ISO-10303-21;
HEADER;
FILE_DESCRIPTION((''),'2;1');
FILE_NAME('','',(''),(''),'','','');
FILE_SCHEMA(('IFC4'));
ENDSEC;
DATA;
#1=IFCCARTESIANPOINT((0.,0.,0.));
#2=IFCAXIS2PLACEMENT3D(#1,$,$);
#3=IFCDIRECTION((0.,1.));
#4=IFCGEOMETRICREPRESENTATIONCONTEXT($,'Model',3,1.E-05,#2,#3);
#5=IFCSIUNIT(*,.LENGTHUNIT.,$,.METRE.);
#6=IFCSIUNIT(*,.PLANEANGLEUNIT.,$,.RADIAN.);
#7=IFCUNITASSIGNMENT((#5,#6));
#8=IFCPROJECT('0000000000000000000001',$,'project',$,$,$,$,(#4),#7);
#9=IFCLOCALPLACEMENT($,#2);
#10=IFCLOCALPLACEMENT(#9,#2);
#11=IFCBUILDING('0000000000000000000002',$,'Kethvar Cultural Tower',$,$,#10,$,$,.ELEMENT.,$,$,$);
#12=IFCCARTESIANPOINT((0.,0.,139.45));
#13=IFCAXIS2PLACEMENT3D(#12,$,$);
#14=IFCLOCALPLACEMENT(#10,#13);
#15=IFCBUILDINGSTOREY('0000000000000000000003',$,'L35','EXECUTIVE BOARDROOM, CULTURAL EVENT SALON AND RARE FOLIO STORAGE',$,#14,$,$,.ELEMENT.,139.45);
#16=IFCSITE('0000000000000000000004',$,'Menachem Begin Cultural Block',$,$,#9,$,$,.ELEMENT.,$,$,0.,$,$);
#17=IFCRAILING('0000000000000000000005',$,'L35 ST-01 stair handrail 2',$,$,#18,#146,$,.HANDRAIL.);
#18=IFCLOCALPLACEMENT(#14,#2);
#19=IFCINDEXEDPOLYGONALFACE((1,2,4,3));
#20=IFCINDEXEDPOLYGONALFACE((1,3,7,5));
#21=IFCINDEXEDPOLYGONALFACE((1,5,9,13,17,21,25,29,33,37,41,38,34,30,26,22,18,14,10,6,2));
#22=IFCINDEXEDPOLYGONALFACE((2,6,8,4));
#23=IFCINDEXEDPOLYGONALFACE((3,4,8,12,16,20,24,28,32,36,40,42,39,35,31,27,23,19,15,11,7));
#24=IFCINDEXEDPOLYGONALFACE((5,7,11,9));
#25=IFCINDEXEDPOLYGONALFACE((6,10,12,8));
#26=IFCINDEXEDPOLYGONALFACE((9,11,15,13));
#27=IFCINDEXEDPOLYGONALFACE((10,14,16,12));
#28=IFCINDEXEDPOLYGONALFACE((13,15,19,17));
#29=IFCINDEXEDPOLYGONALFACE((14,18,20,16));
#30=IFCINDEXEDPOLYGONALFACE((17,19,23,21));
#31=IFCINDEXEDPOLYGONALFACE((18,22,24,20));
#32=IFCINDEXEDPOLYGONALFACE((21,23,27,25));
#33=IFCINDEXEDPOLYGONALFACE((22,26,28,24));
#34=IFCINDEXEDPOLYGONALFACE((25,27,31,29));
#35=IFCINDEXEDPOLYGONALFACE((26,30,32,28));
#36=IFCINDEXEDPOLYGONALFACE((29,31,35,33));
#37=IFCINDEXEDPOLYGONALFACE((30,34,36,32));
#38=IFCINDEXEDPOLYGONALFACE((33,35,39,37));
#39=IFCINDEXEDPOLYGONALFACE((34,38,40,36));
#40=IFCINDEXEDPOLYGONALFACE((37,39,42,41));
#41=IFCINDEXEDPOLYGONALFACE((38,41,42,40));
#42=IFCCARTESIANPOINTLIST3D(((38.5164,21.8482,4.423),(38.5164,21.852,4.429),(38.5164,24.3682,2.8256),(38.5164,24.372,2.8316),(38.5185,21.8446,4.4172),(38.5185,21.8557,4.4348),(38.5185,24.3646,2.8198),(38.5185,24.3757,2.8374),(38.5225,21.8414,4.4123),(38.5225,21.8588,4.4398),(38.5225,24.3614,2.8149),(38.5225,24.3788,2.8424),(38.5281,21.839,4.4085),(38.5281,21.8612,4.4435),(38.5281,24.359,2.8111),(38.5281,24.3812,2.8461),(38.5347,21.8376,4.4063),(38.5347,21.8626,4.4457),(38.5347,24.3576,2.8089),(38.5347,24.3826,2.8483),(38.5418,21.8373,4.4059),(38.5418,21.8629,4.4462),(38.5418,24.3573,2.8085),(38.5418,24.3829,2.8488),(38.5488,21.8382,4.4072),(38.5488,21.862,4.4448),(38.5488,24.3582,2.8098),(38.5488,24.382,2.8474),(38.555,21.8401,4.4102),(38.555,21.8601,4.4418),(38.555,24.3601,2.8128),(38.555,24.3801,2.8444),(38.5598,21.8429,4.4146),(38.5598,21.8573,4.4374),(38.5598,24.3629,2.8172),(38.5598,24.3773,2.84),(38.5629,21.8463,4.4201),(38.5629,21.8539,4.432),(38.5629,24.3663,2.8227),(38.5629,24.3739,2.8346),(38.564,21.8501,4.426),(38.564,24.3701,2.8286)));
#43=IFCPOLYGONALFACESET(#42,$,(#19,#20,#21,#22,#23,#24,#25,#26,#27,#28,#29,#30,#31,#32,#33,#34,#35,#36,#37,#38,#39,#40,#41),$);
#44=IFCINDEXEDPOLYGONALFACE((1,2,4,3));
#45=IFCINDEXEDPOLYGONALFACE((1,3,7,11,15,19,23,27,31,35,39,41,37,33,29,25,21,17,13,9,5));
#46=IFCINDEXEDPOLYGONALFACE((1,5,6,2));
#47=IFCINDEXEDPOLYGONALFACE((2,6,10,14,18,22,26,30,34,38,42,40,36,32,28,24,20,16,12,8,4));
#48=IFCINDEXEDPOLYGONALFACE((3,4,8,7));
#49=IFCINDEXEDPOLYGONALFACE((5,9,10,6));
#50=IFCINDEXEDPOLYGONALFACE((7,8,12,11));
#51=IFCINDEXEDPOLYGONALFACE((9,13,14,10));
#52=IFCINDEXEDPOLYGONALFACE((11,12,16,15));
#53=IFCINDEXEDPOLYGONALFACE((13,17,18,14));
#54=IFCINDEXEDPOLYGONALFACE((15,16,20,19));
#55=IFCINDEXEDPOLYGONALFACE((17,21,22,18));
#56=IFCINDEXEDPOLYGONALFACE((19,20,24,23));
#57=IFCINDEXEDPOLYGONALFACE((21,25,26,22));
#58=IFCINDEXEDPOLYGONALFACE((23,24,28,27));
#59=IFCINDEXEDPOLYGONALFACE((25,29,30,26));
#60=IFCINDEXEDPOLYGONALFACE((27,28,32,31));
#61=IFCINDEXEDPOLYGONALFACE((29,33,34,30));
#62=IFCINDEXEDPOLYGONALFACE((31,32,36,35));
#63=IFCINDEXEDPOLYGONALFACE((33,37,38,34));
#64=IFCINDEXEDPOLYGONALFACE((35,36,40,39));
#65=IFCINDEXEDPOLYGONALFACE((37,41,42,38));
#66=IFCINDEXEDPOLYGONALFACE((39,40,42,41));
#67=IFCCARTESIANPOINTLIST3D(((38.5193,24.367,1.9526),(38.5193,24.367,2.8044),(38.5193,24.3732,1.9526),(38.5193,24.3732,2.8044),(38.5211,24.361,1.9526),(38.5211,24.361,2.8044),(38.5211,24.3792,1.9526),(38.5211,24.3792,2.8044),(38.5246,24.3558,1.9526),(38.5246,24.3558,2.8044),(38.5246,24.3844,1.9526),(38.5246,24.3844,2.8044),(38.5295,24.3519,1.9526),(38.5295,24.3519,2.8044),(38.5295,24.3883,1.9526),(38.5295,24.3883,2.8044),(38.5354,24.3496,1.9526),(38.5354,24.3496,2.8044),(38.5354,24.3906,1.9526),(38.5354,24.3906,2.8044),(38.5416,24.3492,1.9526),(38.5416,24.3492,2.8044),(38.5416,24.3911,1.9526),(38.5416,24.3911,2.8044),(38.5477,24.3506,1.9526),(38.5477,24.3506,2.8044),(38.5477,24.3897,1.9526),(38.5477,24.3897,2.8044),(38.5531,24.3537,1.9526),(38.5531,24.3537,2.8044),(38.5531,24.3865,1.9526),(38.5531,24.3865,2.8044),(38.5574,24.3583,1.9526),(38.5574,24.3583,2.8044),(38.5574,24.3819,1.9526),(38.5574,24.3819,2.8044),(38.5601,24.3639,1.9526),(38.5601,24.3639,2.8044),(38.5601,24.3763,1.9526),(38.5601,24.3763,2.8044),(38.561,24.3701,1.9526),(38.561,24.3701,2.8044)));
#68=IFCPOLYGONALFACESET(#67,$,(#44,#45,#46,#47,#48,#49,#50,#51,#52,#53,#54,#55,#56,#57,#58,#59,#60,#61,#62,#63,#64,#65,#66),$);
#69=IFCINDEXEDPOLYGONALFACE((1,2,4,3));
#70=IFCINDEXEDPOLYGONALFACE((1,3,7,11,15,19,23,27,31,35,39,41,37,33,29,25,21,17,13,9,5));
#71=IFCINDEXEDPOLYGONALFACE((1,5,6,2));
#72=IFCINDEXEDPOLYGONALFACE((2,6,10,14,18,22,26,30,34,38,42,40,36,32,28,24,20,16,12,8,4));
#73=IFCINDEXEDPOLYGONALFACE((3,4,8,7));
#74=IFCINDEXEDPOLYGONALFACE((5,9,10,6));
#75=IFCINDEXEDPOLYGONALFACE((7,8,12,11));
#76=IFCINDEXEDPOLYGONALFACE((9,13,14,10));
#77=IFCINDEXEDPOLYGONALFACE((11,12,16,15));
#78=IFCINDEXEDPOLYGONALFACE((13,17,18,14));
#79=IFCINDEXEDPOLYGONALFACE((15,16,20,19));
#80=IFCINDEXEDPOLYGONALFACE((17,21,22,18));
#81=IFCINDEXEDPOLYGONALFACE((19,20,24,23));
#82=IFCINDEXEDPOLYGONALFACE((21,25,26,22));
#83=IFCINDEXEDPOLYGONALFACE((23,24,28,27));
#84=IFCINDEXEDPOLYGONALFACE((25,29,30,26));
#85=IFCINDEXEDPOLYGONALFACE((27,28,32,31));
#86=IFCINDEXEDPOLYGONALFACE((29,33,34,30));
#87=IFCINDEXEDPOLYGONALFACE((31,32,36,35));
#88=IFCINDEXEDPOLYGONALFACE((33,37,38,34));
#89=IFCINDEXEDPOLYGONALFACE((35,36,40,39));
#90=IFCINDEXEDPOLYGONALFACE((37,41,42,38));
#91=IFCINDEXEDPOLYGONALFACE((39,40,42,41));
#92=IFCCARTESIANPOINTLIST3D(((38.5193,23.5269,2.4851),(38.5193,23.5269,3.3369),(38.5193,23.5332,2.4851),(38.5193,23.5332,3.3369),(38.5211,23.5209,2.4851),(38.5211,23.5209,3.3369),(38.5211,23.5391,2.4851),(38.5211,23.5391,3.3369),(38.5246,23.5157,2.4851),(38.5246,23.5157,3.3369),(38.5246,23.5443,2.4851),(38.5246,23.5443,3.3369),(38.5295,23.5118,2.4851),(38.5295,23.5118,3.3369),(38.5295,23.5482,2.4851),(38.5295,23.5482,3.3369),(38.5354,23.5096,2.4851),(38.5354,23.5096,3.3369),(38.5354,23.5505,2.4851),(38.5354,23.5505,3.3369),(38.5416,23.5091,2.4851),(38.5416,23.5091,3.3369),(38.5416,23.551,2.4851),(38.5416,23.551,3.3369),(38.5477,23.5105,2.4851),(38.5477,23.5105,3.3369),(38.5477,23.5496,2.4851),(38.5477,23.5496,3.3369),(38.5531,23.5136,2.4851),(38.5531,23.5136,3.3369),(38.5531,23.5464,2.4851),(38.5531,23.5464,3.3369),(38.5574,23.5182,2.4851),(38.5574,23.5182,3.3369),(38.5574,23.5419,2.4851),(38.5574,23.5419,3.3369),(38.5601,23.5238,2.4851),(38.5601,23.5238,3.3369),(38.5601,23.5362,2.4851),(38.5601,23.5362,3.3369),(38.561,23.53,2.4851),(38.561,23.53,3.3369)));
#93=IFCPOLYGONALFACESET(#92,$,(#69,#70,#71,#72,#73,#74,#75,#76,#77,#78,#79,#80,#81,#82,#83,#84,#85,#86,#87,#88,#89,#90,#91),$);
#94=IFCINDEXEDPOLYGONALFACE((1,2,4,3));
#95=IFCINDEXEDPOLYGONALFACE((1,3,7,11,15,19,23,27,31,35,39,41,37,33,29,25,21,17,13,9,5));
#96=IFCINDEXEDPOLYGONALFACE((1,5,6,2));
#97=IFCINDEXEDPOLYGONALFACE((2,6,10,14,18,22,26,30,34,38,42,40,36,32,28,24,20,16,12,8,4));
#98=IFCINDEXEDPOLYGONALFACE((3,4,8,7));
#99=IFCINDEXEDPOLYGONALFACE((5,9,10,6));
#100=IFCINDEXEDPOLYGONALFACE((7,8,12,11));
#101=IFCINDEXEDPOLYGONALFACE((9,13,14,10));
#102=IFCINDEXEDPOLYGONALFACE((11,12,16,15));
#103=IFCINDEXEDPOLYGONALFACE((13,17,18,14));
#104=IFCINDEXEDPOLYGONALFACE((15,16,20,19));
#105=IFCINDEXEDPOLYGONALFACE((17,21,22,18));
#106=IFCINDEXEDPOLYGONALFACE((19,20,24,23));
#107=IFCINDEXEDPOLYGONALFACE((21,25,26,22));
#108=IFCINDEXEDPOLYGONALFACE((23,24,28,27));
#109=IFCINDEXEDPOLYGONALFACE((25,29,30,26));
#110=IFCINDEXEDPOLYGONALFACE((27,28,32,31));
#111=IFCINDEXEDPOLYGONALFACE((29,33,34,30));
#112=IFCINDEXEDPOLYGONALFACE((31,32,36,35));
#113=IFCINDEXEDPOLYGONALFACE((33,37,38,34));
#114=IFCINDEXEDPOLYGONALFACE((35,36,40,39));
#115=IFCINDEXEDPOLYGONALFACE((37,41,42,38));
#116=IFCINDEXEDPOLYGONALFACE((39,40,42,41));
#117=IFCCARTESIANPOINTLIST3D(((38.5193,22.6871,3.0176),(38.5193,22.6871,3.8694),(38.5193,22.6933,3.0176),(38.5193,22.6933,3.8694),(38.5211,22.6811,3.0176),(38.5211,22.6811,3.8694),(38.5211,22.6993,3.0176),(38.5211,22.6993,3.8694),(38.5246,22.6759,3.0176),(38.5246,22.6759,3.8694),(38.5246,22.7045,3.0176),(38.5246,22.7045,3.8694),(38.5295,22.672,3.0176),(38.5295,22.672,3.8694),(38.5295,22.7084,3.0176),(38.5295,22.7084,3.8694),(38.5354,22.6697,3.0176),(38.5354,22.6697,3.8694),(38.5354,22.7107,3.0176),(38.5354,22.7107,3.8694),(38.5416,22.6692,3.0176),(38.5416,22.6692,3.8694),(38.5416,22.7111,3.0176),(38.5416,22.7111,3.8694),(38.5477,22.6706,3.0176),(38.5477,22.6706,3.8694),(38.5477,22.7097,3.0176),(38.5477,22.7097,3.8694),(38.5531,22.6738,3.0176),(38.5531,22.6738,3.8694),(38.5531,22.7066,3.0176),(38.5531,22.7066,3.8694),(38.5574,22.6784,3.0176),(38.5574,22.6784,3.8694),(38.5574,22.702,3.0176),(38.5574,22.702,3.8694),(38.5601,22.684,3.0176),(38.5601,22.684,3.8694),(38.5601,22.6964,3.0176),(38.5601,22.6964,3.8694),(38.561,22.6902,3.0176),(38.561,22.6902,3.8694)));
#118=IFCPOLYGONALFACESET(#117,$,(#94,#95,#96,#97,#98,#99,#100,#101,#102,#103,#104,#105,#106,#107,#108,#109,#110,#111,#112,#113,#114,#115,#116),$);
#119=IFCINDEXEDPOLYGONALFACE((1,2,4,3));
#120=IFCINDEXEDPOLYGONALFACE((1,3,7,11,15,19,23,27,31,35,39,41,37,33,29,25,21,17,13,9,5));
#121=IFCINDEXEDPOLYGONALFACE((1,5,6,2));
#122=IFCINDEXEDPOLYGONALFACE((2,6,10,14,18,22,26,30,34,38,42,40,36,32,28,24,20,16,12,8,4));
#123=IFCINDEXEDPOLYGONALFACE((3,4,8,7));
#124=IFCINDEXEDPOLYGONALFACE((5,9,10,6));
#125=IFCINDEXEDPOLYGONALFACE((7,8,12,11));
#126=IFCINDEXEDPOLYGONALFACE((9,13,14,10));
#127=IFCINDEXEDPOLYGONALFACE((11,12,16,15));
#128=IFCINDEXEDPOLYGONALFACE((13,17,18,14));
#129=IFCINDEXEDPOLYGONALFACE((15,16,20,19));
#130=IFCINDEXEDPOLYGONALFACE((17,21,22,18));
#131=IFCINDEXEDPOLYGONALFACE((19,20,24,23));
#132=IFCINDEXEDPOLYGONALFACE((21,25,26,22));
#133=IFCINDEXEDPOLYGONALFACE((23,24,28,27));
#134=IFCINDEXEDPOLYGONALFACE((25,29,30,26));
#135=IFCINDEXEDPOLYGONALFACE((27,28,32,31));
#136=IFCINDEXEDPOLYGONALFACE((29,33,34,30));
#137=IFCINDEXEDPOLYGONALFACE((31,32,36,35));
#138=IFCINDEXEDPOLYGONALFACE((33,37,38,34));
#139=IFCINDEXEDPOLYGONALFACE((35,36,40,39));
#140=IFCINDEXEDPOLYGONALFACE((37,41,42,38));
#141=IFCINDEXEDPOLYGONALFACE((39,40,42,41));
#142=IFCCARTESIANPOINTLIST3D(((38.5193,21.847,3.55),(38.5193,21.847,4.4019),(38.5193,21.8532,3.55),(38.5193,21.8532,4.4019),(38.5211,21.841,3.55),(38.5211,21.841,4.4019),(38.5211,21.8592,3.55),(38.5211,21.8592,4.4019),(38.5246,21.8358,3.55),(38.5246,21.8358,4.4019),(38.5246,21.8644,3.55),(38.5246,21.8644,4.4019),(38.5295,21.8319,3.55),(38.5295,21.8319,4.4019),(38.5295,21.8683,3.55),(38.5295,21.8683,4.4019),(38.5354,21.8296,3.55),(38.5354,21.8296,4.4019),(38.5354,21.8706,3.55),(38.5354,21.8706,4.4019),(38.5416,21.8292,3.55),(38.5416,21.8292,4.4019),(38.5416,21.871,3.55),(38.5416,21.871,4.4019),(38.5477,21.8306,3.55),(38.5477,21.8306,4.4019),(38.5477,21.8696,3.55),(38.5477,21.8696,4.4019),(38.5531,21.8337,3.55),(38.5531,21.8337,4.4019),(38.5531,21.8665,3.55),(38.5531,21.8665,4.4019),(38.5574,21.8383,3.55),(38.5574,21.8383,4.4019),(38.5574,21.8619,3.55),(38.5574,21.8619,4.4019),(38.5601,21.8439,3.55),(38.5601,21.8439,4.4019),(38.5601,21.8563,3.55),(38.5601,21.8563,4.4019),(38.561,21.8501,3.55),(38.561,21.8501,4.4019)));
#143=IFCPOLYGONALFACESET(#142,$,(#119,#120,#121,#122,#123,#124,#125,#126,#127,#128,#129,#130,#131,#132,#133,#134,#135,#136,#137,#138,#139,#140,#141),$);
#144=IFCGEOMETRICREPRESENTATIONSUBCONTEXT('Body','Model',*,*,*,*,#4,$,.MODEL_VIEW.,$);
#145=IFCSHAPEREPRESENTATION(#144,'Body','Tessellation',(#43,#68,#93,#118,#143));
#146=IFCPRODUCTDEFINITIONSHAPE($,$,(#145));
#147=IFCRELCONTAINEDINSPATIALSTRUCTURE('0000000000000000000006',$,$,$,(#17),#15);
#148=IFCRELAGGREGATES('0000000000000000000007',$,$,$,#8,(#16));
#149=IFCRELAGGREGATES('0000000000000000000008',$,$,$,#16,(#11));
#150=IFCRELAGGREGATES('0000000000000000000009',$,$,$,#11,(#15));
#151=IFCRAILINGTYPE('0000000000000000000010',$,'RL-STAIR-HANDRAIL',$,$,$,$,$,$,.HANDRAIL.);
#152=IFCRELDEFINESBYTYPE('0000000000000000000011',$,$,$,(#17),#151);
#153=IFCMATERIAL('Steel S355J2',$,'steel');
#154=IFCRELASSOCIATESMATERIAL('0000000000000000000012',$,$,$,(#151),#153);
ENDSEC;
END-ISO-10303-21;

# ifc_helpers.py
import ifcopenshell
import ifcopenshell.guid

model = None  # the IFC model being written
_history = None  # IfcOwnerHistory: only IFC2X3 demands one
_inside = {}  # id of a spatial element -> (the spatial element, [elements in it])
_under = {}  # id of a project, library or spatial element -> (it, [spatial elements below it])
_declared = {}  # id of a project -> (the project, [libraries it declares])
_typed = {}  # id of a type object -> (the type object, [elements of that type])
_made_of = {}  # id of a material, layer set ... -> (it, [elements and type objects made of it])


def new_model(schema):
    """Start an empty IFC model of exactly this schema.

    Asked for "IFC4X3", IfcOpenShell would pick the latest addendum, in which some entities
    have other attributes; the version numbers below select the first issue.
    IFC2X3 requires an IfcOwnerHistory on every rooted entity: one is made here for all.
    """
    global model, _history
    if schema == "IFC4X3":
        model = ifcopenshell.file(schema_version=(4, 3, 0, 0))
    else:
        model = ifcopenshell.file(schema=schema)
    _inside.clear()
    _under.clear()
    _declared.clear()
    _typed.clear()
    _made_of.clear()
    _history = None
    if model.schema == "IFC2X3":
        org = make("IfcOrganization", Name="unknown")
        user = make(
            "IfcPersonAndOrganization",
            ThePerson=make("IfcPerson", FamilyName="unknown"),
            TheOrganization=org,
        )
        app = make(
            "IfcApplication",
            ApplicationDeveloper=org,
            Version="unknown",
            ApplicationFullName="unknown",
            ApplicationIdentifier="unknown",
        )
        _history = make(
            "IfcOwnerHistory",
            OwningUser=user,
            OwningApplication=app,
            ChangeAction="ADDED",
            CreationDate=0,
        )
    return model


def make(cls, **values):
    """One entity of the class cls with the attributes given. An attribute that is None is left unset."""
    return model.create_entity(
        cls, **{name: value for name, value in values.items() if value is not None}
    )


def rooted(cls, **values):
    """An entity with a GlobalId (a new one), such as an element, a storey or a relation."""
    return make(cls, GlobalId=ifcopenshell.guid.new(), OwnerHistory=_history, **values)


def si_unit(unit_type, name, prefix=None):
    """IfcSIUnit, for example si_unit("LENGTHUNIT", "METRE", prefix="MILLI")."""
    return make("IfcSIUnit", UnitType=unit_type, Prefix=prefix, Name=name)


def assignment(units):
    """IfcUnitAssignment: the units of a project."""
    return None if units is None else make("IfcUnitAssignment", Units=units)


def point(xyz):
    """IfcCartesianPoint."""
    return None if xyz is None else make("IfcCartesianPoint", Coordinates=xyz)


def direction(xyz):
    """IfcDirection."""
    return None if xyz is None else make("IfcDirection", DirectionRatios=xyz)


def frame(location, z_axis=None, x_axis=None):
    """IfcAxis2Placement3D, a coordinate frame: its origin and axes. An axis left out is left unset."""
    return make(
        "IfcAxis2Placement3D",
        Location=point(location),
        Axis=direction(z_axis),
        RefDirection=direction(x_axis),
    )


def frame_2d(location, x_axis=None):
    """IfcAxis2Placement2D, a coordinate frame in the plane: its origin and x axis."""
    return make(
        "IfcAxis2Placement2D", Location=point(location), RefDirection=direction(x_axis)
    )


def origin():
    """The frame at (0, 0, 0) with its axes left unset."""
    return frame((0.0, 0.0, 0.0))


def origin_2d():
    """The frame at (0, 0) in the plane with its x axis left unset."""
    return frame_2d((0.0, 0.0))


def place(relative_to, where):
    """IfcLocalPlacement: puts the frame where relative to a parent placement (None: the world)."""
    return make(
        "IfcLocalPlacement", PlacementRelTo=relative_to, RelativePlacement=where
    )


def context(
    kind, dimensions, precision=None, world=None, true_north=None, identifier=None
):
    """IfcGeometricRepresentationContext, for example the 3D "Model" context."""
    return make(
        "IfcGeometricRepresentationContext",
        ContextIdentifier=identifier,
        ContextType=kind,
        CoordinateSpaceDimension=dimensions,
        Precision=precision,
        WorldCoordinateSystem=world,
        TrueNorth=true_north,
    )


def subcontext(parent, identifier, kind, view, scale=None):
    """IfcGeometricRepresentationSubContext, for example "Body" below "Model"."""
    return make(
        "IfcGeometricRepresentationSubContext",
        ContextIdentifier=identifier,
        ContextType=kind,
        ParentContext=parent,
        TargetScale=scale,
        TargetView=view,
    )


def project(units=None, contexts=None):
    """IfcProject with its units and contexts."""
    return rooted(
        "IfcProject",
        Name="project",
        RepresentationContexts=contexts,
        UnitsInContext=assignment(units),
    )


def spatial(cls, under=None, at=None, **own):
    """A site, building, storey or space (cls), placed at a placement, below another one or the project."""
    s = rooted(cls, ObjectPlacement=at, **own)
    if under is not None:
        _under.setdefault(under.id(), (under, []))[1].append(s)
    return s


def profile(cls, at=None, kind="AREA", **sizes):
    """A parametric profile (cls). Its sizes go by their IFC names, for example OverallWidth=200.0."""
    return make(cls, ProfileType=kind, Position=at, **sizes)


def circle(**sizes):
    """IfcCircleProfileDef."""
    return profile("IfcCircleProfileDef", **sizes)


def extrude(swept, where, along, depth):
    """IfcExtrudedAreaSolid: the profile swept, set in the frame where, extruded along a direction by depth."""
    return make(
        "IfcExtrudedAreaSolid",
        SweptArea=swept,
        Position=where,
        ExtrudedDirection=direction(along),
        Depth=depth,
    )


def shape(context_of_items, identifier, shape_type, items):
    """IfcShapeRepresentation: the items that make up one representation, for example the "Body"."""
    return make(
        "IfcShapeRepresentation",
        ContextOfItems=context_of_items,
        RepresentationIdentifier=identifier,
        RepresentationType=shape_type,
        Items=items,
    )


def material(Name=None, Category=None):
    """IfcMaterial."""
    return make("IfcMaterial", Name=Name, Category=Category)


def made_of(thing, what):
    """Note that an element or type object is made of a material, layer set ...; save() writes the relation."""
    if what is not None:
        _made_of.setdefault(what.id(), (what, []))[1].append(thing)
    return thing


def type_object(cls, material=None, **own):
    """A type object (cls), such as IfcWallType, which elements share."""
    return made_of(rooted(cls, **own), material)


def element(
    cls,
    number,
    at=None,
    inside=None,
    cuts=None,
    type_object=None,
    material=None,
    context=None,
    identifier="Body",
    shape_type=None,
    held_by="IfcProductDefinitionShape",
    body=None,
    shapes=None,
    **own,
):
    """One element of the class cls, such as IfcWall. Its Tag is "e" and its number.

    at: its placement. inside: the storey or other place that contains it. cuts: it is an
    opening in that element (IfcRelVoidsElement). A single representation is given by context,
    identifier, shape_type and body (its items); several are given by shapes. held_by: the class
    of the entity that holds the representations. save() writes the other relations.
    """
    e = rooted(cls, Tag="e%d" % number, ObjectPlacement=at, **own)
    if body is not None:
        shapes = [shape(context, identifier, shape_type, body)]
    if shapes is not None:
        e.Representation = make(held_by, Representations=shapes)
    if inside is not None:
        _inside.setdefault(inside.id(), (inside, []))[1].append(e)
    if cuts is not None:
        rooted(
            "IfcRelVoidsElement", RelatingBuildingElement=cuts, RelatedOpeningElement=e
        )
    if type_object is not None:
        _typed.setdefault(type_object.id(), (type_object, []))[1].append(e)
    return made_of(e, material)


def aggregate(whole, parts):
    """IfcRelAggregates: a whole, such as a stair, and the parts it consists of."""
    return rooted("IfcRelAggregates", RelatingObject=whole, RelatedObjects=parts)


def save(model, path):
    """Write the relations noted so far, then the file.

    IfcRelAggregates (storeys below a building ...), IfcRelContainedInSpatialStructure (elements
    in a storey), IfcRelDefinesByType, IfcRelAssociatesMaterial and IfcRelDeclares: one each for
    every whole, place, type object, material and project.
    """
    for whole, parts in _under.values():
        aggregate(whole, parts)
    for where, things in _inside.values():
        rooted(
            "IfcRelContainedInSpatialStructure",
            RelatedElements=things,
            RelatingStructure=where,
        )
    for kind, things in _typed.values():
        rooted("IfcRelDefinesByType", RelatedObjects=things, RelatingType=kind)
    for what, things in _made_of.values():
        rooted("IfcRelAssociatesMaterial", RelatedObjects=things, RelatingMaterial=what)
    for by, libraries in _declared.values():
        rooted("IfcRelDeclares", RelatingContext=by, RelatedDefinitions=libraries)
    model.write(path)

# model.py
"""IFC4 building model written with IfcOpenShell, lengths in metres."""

from ifc_helpers import new_model, si_unit, direction, frame, origin, origin_2d, place, context, subcontext, project, spatial, circle, extrude, material, type_object, element, save


model = new_model("IFC4")

# Units and contexts
model_context = context("Model", 3, precision=1e-05, world=origin(), true_north=direction((0.0, 1.0)))
body_context = subcontext(model_context, "Body", "Model", "MODEL_VIEW")
ifc_project = project(units=[si_unit("LENGTHUNIT", "METRE"), si_unit("PLANEANGLEUNIT", "RADIAN")], contexts=[model_context])

# Site, building, storey
site_placement = place(None, origin())
site = spatial("IfcSite", under=ifc_project, at=site_placement, Name="Menachem Begin Cultural Block", CompositionType="ELEMENT", RefElevation=0.0)
building_placement = place(site_placement, origin())
building = spatial("IfcBuilding", under=site, at=building_placement, Name="Kethvar Cultural Tower", CompositionType="ELEMENT")
storey_placement = place(building_placement, frame((0.0, 0.0, 139.45)))
storey = spatial("IfcBuildingStorey", under=building, at=storey_placement, Name="L35", Description="EXECUTIVE BOARDROOM, CULTURAL EVENT SALON AND RARE FOLIO STORAGE", CompositionType="ELEMENT", Elevation=139.45)

# Shared definitions
ifc_material_1 = material(Name="Steel S355J2", Category="steel")

# Railing
railing_type_1 = type_object("IfcRailingType", Name="RL-STAIR-HANDRAIL", PredefinedType="HANDRAIL", material=ifc_material_1)
railing_1_placement = place(storey_placement, frame((38.54, 24.3701, 1.9526)))
element("IfcRailing", 1, at=railing_1_placement, inside=storey, type_object=railing_type_1, Name="L35 ST-01 stair handrail 2", PredefinedType="HANDRAIL", context=body_context, shape_type="SweptSolid", body=[
    extrude(circle(Radius=0.0239, at=origin_2d()), frame((0.0, 0.0, 0.876), z_axis=(0.0, -0.844607, 0.535387), x_axis=(1.0, 0.0, 0.0)), (0.0, 0.0, 1.0), 2.9836),
    extrude(circle(Radius=0.021, at=origin_2d()), origin(), (0.0, 0.0, 1.0), 0.8518),
    extrude(circle(Radius=0.021, at=origin_2d()), frame((0.0, -0.8401, 0.5325)), (0.0, 0.0, 1.0), 0.8518),
    extrude(circle(Radius=0.021, at=origin_2d()), frame((0.0, -1.6799, 1.0649)), (0.0, 0.0, 1.0), 0.8518),
    extrude(circle(Radius=0.021, at=origin_2d()), frame((0.0, -2.52, 1.5974)), (0.0, 0.0, 1.0), 0.8518),
])

save(model, "model.ifc")
